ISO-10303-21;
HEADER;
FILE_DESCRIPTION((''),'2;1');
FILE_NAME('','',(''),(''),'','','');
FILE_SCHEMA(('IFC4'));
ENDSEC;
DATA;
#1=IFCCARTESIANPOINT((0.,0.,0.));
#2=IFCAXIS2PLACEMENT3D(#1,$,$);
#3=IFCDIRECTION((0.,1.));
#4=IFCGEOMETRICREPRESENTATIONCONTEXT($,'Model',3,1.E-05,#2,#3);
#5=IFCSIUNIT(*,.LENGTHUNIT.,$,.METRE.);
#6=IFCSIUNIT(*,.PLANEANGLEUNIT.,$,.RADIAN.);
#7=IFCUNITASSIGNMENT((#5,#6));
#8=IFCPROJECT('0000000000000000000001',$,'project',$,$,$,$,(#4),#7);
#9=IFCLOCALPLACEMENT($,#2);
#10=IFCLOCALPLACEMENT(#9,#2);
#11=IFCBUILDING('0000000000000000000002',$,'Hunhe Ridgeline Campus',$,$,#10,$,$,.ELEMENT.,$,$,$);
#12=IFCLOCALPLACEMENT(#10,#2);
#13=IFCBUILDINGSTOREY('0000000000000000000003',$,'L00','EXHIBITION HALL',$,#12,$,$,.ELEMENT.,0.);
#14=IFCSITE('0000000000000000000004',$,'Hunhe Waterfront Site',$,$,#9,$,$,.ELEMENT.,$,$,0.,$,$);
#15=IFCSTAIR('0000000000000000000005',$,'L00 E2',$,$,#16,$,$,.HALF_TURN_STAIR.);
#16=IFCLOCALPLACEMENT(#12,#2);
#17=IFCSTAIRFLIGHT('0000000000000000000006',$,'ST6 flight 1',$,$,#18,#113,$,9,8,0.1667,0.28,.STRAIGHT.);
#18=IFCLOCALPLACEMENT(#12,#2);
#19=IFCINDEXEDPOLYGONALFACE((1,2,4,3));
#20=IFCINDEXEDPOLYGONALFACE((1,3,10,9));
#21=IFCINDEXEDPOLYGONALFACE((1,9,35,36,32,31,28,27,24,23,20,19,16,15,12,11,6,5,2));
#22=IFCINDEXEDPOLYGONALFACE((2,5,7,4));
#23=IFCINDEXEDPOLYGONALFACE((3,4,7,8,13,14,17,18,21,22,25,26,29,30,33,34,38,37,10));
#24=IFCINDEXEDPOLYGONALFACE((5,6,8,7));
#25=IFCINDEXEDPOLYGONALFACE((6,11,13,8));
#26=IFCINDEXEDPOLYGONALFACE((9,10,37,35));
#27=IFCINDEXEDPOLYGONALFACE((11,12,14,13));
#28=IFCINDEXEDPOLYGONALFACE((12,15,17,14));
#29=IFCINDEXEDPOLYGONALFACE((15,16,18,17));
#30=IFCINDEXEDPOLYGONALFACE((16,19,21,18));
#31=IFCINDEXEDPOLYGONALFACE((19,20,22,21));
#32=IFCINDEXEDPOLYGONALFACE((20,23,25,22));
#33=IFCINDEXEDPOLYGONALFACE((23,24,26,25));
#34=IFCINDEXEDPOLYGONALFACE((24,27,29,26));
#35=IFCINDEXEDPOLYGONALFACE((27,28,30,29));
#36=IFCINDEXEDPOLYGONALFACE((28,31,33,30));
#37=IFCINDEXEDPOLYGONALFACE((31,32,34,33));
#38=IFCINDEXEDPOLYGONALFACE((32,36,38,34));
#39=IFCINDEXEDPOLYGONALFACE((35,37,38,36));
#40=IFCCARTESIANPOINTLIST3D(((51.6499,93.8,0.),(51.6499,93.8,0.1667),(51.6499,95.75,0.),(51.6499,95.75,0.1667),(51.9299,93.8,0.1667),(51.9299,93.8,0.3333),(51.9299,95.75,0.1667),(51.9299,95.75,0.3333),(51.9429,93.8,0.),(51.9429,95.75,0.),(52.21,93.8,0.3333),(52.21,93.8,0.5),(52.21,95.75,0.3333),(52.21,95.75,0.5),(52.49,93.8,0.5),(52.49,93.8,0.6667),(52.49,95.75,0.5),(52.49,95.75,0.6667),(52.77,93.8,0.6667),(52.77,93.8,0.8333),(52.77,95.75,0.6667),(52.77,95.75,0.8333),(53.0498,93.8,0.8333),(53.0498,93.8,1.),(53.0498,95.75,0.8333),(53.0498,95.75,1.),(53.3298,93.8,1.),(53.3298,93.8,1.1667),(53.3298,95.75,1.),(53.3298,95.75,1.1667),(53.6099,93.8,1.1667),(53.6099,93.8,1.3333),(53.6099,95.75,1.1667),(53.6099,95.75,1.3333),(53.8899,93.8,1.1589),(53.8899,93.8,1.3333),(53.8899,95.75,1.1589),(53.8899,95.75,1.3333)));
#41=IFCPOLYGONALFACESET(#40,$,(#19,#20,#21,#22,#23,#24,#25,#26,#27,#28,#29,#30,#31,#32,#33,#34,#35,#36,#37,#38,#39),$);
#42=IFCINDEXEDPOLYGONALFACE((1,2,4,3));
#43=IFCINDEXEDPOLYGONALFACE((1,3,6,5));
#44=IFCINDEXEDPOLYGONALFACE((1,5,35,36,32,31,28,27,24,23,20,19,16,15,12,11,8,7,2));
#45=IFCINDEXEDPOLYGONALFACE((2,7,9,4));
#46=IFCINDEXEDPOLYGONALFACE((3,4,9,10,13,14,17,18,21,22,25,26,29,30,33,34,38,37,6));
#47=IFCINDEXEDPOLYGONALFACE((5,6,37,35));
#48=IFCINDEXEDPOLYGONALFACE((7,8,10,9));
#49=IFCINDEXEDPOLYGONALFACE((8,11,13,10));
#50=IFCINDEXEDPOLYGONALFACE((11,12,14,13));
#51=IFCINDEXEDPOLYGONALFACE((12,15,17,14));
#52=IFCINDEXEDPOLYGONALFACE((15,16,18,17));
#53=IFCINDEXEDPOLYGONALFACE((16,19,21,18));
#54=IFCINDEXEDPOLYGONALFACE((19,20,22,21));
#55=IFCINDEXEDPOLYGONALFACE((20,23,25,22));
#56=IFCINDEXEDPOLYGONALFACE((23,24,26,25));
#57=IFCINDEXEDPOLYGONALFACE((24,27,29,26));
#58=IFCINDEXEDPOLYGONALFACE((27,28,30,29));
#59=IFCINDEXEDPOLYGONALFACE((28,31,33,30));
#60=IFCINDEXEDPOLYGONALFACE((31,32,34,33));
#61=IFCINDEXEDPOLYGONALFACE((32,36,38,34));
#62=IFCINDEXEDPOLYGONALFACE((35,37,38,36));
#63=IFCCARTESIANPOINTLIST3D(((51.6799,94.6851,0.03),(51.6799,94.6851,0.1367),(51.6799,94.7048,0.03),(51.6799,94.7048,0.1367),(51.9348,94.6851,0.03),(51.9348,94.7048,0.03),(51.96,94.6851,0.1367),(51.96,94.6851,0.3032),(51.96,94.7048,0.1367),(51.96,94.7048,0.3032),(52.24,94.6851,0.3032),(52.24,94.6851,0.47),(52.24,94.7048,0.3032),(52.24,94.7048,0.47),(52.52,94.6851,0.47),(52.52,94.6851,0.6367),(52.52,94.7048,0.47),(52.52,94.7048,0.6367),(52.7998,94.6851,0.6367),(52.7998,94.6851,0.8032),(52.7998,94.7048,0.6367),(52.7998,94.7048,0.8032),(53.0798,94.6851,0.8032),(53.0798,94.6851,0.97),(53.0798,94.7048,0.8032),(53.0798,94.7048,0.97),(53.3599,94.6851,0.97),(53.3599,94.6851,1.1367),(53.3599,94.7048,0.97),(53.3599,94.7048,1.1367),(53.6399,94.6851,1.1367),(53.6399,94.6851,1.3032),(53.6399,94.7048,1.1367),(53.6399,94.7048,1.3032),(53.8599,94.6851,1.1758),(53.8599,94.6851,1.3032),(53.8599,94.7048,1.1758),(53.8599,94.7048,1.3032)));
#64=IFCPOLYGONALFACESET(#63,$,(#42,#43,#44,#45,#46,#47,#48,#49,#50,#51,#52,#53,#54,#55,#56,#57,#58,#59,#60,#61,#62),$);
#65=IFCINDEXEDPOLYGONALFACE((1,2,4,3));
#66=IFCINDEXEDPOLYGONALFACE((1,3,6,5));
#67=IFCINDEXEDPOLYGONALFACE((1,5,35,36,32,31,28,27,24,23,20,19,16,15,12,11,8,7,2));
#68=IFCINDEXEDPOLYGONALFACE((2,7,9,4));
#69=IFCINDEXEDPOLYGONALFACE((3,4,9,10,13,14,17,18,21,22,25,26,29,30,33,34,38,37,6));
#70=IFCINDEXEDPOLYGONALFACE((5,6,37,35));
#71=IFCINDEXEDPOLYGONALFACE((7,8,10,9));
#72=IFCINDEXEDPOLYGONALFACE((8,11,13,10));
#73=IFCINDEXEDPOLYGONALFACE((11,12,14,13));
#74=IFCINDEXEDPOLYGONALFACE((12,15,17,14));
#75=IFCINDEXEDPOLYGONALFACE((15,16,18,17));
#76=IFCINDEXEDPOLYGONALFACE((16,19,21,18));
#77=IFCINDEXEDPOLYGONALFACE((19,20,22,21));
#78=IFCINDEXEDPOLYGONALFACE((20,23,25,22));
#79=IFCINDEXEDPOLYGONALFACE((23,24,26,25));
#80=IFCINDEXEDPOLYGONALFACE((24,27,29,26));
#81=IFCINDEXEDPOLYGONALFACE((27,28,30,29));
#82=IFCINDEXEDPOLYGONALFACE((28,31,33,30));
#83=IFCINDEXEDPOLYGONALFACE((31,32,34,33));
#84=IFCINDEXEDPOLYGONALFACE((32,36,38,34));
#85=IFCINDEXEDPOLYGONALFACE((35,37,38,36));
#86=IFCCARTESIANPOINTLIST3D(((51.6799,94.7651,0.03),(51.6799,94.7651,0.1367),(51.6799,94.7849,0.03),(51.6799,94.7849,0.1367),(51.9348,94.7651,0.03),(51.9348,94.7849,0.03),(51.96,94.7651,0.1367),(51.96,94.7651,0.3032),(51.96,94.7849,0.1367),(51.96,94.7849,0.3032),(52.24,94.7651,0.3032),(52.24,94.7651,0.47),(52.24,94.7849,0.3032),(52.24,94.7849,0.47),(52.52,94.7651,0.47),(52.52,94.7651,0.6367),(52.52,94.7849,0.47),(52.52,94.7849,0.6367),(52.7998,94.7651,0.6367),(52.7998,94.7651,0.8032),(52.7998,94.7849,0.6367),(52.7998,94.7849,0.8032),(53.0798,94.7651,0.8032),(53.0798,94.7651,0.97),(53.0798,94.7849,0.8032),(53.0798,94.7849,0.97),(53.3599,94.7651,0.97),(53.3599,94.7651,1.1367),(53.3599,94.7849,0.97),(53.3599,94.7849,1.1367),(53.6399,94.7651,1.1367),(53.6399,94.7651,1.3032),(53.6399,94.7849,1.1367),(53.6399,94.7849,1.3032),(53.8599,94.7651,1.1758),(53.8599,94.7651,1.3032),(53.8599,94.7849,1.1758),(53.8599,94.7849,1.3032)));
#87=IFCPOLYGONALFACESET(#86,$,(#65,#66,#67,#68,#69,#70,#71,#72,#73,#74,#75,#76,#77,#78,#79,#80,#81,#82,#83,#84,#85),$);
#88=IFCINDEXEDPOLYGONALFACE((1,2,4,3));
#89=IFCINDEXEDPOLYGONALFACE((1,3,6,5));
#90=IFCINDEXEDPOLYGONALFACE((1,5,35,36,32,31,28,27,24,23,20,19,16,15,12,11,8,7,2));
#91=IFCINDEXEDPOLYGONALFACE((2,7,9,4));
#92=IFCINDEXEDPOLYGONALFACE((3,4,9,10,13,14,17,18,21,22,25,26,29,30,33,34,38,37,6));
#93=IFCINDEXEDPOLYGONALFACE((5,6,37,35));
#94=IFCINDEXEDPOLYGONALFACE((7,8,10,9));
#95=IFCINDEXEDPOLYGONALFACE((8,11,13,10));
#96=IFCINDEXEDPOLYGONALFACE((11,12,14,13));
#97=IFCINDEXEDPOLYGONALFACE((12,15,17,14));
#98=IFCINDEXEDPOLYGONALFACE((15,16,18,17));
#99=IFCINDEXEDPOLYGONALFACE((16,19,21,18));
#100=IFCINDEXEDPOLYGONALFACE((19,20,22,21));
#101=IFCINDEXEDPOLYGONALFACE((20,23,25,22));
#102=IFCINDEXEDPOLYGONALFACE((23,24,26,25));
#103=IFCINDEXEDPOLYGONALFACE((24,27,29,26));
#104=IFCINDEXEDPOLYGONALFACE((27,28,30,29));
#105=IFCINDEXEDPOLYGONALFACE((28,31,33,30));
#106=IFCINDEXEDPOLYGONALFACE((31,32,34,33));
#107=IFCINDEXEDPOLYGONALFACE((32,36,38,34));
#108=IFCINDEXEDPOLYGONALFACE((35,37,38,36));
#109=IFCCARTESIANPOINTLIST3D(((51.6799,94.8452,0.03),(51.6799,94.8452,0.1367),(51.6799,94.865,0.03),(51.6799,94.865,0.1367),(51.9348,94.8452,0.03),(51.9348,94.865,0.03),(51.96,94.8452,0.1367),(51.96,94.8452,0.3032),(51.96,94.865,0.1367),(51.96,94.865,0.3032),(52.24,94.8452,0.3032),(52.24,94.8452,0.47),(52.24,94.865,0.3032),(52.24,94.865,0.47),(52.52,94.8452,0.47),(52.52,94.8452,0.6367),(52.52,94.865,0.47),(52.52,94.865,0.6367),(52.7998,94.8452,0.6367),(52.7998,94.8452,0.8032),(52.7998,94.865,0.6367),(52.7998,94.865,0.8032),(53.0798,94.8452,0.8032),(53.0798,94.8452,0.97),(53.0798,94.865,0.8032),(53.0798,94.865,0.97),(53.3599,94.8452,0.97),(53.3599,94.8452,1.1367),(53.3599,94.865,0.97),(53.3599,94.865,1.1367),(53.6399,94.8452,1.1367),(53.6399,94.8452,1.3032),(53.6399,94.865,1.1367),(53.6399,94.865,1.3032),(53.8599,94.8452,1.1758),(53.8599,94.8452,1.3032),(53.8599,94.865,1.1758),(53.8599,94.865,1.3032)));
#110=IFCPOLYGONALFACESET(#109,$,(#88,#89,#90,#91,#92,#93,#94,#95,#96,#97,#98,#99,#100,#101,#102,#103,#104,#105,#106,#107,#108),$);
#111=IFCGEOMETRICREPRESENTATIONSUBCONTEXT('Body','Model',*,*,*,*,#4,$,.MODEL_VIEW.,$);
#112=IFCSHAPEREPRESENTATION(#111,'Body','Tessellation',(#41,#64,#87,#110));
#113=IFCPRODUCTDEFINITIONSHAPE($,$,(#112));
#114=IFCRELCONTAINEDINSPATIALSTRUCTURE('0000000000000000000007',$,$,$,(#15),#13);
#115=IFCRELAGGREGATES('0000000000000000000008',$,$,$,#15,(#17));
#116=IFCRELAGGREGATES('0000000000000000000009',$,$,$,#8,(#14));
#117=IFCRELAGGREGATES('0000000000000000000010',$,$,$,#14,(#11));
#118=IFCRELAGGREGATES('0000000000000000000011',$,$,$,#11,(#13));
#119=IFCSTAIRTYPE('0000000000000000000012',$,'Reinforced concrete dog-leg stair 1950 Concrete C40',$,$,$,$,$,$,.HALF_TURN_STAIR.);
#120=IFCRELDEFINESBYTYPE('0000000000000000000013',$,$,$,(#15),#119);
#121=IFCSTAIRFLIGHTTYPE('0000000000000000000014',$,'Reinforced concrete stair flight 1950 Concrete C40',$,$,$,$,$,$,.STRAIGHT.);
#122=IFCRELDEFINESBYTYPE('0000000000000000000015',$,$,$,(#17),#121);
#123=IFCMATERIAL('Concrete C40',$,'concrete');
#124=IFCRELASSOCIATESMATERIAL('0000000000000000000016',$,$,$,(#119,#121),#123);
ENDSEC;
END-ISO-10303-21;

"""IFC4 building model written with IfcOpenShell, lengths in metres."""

from ifc_helpers import new_model, si_unit, direction, frame, origin, place, context, subcontext, project, spatial, polyline, outline, extrude, material, type_object, element, aggregate, save


model = new_model("IFC4")

# Units and contexts
model_context = context("Model", 3, precision=1e-05, world=origin(), true_north=direction((0.0, 1.0)))
body_context = subcontext(model_context, "Body", "Model", "MODEL_VIEW")
ifc_project = project(units=[si_unit("LENGTHUNIT", "METRE"), si_unit("PLANEANGLEUNIT", "RADIAN")], contexts=[model_context])

# Site, building, storey
site_placement = place(None, origin())
site = spatial("IfcSite", under=ifc_project, at=site_placement, Name="Hunhe Waterfront Site", CompositionType="ELEMENT", RefElevation=0.0)
building_placement = place(site_placement, origin())
building = spatial("IfcBuilding", under=site, at=building_placement, Name="Hunhe Ridgeline Campus", CompositionType="ELEMENT")
storey_placement = place(building_placement, origin())
storey = spatial("IfcBuildingStorey", under=building, at=storey_placement, Name="L00", Description="EXHIBITION HALL", CompositionType="ELEMENT", Elevation=0.0)

# Stair, stair flight
ifc_material_1 = material(Name="Concrete C40", Category="concrete")
stair_type = type_object("IfcStairType", Name="Reinforced concrete dog-leg stair 1950 Concrete C40", PredefinedType="HALF_TURN_STAIR", material=ifc_material_1)
stair_1_placement = place(storey_placement, origin())
stair_1 = element("IfcStair", 1, at=stair_1_placement, inside=storey, type_object=stair_type, Name="L00 E2", PredefinedType="HALF_TURN_STAIR")
stair_flight_type = type_object("IfcStairFlightType", Name="Reinforced concrete stair flight 1950 Concrete C40", PredefinedType="STRAIGHT", material=ifc_material_1)
stair_flight_1_placement = place(storey_placement, frame((51.6499, 94.7749, 0.0), z_axis=(0.0, 0.0, 1.0), x_axis=(1.0, 0.0, 0.0)))
stair_flight_1 = element("IfcStairFlight", 2, at=stair_flight_1_placement, type_object=stair_flight_type, Name="ST6 flight 1", NumberOfRisers=9, NumberOfTreads=8, PredefinedType="STRAIGHT", RiserHeight=0.1667, TreadLength=0.28, context=body_context, shape_type="SweptSolid", body=[
    extrude(outline(polyline([(0.0, 0.0), (0.0, 0.1667), (0.28, 0.1667), (0.28, 0.3333), (0.5601, 0.3333), (0.5601, 0.5), (0.8401, 0.5), (0.8401, 0.6667), (1.1201, 0.6667), (1.1201, 0.8333), (1.3999, 0.8333), (1.3999, 1.0), (1.6799, 1.0), (1.6799, 1.1667), (1.96, 1.1667), (1.96, 1.3333), (2.24, 1.3333), (2.24, 1.5), (2.24, 1.1589), (0.293, 0.0), (0.0, 0.0)])), frame((0.0, 0.9751, 0.0), z_axis=(0.0, -1.0, 0.0), x_axis=(1.0, 0.0, 0.0)), (0.0, 0.0, 1.0), 1.95),
    extrude(outline(polyline([(0.03, 0.03), (0.03, 0.1367), (0.3101, 0.1367), (0.3101, 0.3032), (0.5901, 0.3032), (0.5901, 0.47), (0.8701, 0.47), (0.8701, 0.6367), (1.1499, 0.6367), (1.1499, 0.8032), (1.4299, 0.8032), (1.4299, 0.97), (1.71, 0.97), (1.71, 1.1367), (1.99, 1.1367), (1.99, 1.3032), (2.21, 1.3032), (2.21, 1.1758), (0.2849, 0.03), (0.03, 0.03)])), frame((0.0, -0.0701, 0.0), z_axis=(0.0, -1.0, 0.0), x_axis=(1.0, 0.0, 0.0)), (0.0, 0.0, 1.0), 0.0198),
    extrude(outline(polyline([(0.03, 0.03), (0.03, 0.1367), (0.3101, 0.1367), (0.3101, 0.3032), (0.5901, 0.3032), (0.5901, 0.47), (0.8701, 0.47), (0.8701, 0.6367), (1.1499, 0.6367), (1.1499, 0.8032), (1.4299, 0.8032), (1.4299, 0.97), (1.71, 0.97), (1.71, 1.1367), (1.99, 1.1367), (1.99, 1.3032), (2.21, 1.3032), (2.21, 1.1758), (0.2849, 0.03), (0.03, 0.03)])), frame((0.0, 0.01, 0.0), z_axis=(0.0, -1.0, 0.0), x_axis=(1.0, 0.0, 0.0)), (0.0, 0.0, 1.0), 0.0198),
    extrude(outline(polyline([(0.03, 0.03), (0.03, 0.1367), (0.3101, 0.1367), (0.3101, 0.3032), (0.5901, 0.3032), (0.5901, 0.47), (0.8701, 0.47), (0.8701, 0.6367), (1.1499, 0.6367), (1.1499, 0.8032), (1.4299, 0.8032), (1.4299, 0.97), (1.71, 0.97), (1.71, 1.1367), (1.99, 1.1367), (1.99, 1.3032), (2.21, 1.3032), (2.21, 1.1758), (0.2849, 0.03), (0.03, 0.03)])), frame((0.0, 0.0901, 0.0), z_axis=(0.0, -1.0, 0.0), x_axis=(1.0, 0.0, 0.0)), (0.0, 0.0, 1.0), 0.0198),
])
aggregate(stair_1, [stair_flight_1])

save(model, "model.ifc")
